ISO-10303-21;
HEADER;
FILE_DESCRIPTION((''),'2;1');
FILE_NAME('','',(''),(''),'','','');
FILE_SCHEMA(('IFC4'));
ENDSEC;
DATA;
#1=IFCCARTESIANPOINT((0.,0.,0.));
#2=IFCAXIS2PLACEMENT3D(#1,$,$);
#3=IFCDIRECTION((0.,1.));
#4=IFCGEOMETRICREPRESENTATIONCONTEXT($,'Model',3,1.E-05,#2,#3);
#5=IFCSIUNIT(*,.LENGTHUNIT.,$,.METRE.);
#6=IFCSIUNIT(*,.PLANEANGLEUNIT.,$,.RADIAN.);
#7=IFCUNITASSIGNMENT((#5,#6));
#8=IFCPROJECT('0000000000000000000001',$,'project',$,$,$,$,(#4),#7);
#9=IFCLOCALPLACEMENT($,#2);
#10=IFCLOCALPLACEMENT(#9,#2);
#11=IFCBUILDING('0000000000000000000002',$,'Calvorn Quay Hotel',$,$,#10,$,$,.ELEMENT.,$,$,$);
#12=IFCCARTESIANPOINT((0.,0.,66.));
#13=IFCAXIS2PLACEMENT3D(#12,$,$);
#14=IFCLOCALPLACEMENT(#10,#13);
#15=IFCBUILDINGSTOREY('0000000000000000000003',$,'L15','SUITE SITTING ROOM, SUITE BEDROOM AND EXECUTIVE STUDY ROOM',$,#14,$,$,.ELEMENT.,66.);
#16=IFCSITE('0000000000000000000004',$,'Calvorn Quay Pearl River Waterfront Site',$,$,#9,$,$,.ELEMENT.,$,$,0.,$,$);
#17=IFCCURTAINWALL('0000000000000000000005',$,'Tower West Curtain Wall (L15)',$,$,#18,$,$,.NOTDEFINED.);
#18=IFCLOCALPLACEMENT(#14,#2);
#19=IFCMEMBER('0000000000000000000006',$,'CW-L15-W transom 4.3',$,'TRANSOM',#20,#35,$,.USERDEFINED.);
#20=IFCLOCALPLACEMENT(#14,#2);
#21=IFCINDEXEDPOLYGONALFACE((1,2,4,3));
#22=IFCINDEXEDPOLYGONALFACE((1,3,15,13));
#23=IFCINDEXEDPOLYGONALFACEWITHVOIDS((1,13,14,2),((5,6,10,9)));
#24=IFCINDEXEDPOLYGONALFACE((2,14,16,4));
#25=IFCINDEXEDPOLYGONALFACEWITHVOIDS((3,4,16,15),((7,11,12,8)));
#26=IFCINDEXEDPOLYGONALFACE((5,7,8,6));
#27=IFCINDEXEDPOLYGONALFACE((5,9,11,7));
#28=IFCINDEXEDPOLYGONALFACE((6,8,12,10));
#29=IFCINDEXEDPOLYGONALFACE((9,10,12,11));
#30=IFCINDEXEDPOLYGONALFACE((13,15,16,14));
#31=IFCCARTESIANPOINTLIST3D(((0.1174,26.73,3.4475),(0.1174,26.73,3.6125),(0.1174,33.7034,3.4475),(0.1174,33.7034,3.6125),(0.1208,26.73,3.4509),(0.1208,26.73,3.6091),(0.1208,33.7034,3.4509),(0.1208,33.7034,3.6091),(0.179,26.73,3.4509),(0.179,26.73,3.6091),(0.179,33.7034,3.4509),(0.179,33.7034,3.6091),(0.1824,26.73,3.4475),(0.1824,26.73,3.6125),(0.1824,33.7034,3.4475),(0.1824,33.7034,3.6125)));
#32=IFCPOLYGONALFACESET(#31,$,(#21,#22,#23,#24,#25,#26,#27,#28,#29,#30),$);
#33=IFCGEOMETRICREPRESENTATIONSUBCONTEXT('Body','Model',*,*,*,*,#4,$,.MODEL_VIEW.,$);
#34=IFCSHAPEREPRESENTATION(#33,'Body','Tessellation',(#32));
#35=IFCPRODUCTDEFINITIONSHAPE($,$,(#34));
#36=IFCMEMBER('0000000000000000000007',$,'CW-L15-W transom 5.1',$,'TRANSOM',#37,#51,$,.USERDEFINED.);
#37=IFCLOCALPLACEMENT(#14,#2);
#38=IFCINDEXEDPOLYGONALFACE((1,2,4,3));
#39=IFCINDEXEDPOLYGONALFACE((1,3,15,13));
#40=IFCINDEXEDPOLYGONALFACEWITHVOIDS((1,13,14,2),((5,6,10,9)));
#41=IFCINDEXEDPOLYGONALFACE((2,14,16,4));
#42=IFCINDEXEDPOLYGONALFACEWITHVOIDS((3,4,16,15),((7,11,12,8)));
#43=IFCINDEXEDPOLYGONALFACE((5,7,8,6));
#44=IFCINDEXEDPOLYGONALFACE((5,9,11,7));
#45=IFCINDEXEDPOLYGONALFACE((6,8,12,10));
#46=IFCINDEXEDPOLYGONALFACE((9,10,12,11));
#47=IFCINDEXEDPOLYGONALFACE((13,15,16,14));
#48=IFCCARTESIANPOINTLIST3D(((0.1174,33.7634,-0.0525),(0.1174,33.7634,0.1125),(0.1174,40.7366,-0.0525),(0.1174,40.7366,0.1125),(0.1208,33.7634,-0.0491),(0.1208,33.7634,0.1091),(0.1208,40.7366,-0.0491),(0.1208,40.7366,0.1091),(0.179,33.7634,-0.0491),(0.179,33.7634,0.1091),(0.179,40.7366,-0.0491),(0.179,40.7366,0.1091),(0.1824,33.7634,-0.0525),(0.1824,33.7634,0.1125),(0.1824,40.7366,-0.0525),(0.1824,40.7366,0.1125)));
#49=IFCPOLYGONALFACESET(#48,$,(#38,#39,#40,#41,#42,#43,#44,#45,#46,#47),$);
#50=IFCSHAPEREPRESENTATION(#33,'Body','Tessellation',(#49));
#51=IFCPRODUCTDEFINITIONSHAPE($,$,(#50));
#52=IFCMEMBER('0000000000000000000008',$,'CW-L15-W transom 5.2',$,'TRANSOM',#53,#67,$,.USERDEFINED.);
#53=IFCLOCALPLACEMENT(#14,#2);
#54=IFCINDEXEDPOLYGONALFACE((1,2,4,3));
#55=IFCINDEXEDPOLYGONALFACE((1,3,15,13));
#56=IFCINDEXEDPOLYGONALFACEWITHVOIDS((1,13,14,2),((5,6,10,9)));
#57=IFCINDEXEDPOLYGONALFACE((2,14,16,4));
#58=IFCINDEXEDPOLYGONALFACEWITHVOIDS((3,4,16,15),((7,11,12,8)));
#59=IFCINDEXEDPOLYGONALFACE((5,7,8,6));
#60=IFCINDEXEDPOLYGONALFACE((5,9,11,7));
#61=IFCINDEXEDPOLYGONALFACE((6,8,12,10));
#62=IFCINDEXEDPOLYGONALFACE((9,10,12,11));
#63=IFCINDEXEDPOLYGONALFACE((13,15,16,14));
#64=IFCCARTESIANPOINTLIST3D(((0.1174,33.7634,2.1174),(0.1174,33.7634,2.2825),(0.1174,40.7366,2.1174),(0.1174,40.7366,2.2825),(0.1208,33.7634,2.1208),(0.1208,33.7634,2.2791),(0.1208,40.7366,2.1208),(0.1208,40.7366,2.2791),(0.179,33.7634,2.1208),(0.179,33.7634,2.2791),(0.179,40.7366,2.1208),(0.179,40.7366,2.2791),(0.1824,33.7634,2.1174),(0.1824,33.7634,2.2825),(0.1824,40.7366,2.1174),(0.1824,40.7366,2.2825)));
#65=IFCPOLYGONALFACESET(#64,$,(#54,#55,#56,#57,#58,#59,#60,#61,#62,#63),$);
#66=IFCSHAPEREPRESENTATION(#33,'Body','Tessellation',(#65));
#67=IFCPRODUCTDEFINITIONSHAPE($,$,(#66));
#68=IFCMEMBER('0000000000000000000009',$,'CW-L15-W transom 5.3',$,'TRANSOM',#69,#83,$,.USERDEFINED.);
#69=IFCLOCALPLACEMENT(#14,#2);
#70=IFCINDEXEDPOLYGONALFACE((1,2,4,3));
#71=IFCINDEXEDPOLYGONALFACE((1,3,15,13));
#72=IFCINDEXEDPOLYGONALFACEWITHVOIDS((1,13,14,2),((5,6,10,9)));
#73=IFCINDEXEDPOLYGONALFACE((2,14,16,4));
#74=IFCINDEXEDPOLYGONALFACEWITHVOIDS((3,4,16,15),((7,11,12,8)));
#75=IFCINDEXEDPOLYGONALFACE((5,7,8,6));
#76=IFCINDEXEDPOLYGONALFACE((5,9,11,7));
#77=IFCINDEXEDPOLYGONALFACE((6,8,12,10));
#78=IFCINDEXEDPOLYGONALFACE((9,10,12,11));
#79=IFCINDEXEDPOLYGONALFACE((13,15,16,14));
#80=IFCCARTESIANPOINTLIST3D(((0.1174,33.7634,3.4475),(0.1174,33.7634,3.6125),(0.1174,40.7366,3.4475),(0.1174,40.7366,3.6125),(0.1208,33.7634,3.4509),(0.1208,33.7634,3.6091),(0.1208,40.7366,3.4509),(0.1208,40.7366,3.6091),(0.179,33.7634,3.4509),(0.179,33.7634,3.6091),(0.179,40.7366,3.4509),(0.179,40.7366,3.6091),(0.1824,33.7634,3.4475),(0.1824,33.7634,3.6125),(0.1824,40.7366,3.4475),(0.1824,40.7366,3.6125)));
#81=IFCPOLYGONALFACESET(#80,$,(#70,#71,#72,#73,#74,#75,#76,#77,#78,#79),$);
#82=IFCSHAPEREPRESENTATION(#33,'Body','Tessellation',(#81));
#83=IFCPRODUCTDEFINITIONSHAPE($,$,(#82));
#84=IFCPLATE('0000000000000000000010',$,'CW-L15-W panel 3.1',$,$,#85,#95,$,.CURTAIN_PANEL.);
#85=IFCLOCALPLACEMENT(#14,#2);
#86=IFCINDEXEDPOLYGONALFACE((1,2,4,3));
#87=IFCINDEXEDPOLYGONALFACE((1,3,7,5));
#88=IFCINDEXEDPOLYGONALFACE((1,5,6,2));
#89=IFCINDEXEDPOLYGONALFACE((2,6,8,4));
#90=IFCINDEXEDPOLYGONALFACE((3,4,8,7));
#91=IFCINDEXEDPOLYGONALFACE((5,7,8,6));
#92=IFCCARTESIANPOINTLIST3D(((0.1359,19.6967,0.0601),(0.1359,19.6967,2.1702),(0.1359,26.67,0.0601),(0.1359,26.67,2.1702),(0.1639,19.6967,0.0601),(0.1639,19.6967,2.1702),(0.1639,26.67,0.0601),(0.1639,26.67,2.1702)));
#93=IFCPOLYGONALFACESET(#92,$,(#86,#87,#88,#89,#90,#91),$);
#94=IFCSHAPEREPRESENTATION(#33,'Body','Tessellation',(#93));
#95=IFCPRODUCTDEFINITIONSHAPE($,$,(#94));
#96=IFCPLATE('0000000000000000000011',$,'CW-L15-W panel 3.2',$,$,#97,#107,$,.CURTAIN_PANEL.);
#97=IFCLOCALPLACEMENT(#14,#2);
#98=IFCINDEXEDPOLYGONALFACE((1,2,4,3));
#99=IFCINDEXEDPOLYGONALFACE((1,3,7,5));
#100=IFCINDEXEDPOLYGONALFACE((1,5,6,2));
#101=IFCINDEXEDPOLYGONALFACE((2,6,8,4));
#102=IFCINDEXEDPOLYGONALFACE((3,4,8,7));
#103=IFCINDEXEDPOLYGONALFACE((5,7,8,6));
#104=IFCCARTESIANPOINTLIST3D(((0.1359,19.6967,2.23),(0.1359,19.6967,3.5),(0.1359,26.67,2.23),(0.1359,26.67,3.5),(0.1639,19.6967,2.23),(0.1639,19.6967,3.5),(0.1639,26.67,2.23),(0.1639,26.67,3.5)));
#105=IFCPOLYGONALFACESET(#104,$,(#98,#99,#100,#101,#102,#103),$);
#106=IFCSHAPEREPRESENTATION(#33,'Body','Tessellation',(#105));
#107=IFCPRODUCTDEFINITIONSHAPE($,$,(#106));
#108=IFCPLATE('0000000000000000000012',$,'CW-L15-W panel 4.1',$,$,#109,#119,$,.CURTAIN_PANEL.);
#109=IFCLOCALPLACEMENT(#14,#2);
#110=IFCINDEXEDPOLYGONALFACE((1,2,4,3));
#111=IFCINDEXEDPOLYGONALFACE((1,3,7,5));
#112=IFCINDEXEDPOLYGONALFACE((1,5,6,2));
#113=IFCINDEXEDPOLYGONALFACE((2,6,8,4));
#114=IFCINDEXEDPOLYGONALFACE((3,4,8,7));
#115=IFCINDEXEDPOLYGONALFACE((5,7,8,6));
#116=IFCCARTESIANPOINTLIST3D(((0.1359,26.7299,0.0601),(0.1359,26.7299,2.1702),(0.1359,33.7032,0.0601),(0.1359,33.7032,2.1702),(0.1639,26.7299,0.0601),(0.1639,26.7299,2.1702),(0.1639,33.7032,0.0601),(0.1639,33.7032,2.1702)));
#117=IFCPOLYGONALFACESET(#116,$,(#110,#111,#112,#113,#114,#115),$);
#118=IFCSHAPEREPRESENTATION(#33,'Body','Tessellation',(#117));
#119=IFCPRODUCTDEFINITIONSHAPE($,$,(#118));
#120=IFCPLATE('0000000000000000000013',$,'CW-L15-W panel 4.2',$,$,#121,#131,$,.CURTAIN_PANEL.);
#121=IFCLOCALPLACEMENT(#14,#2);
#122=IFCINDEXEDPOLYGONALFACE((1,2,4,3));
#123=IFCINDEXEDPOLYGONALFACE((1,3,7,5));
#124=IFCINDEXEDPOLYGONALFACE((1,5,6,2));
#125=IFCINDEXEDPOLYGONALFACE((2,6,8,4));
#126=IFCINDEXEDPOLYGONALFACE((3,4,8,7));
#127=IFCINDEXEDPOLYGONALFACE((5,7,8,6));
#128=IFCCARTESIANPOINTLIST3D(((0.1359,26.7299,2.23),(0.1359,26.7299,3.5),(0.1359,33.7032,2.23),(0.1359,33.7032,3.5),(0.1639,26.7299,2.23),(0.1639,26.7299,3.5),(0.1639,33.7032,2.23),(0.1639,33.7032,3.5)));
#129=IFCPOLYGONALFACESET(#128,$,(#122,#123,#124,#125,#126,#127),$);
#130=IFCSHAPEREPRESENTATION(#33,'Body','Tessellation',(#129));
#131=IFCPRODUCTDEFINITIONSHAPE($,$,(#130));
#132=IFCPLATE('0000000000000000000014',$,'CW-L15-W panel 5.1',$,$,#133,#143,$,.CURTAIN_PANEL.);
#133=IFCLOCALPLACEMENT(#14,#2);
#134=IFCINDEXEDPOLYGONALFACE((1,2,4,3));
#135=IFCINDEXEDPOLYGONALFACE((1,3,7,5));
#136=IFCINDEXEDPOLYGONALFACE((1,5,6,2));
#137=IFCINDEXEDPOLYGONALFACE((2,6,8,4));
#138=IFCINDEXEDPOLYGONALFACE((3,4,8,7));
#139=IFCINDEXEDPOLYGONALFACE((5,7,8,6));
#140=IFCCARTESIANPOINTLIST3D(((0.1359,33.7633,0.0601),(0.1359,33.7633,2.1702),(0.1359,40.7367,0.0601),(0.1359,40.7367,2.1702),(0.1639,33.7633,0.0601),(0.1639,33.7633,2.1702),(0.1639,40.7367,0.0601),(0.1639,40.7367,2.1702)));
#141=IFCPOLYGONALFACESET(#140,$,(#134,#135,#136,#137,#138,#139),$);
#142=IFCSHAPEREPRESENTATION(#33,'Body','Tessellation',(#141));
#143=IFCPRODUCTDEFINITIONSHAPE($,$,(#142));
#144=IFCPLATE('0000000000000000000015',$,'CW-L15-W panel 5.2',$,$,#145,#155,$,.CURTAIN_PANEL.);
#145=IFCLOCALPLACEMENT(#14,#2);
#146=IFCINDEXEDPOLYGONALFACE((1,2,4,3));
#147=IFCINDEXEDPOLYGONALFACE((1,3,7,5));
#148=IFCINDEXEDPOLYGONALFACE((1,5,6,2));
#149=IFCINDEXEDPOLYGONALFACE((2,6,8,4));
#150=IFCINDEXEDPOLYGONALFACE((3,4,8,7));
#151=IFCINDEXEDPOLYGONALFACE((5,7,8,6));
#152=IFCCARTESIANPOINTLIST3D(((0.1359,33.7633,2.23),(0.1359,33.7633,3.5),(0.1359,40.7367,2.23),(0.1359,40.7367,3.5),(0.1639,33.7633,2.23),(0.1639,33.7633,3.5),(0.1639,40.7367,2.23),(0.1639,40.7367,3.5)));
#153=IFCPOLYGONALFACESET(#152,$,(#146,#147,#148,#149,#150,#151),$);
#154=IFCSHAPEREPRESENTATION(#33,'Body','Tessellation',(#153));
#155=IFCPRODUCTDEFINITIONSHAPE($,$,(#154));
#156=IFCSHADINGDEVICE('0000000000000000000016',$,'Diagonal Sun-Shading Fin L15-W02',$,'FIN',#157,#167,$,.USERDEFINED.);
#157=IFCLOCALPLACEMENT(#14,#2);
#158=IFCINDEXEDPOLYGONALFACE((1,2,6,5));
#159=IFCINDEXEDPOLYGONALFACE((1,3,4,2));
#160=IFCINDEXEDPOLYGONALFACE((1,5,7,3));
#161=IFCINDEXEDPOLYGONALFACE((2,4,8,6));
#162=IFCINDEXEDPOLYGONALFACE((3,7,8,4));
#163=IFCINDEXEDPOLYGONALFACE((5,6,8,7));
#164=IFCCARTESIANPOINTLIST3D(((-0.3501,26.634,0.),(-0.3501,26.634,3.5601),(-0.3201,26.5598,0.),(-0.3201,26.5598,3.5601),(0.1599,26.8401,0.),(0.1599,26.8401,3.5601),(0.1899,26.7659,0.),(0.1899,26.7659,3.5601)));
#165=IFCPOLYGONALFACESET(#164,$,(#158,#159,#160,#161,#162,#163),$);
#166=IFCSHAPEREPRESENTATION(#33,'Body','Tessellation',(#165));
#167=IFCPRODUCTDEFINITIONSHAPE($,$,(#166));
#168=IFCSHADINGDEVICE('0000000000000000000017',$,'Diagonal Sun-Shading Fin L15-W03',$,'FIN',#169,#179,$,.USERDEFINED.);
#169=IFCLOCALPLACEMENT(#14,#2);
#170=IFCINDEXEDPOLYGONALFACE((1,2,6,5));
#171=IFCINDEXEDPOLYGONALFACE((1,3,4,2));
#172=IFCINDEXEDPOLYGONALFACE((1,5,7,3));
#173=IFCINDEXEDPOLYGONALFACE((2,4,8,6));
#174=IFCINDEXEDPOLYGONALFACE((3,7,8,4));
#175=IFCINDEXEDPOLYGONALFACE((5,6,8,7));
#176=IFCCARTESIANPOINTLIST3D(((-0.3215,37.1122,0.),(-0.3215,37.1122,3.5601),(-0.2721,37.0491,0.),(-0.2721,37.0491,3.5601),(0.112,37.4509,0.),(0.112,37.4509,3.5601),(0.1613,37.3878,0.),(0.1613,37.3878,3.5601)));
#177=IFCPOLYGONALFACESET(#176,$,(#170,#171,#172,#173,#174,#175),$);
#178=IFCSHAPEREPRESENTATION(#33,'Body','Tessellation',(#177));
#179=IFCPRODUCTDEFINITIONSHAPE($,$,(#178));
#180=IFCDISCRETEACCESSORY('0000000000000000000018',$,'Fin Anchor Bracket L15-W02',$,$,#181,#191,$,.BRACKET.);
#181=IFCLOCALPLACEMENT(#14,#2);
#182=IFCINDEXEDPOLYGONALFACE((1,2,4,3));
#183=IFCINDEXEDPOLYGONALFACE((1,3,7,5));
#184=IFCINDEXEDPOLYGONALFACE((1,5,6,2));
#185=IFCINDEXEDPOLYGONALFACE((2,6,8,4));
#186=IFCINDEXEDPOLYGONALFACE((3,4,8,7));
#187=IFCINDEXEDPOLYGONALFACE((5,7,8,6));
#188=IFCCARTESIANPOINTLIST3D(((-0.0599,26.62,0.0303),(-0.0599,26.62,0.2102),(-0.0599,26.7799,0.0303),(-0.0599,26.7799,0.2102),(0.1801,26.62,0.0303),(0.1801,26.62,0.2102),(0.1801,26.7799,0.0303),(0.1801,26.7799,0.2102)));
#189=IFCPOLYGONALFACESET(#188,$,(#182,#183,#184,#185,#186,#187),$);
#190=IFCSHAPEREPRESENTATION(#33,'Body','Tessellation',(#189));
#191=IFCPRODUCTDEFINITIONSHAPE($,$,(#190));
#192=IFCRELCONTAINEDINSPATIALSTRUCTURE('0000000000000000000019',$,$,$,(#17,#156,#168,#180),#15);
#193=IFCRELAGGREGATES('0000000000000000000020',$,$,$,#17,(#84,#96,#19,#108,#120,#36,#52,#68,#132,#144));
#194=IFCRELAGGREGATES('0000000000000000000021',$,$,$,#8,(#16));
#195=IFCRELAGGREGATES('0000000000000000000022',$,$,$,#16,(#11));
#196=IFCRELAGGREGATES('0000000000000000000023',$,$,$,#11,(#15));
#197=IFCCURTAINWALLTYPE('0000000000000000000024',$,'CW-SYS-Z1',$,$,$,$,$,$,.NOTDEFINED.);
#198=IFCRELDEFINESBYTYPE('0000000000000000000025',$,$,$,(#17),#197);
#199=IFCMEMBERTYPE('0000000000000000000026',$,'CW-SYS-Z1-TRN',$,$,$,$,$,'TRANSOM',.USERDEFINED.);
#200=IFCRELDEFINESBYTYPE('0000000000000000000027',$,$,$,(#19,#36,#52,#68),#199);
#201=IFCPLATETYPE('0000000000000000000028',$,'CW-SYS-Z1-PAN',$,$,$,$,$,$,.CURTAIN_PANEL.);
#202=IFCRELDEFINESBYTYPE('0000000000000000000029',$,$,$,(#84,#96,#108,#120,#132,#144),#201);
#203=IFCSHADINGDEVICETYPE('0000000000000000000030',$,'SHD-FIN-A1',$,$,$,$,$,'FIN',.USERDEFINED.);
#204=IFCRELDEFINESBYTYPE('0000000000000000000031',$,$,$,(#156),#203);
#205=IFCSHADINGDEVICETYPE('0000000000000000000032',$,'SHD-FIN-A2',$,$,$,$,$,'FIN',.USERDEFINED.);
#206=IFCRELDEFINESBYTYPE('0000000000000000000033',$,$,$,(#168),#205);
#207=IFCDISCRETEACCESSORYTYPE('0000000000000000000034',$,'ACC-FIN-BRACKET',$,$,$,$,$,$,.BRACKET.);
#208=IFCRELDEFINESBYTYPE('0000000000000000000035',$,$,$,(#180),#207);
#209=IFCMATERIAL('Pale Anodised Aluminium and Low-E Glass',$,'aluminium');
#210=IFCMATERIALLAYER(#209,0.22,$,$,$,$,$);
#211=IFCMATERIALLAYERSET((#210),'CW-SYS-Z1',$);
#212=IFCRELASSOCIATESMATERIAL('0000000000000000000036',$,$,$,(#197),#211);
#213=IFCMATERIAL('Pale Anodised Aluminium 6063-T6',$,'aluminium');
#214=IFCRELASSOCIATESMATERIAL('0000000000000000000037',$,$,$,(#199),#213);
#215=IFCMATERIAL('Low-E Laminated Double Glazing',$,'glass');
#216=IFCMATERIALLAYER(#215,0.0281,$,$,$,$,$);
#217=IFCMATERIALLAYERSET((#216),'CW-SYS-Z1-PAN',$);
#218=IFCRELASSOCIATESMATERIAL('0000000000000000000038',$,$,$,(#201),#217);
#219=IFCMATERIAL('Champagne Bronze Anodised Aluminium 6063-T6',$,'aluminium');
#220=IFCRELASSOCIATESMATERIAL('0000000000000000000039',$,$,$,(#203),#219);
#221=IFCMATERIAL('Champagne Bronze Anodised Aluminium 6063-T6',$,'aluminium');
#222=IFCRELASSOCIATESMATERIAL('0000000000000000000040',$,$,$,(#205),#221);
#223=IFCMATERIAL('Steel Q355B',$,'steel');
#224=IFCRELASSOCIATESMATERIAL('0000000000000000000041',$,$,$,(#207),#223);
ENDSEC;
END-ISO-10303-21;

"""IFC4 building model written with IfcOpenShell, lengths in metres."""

from ifc_helpers import new_model, si_unit, direction, frame, origin, origin_2d, place, context, subcontext, project, spatial, rectangle, hollow_rectangle, extrude, material, layer, layer_set, material_profile, profile_set, type_object, element, aggregate, save


model = new_model("IFC4")

# Units and contexts
model_context = context("Model", 3, precision=1e-05, world=origin(), true_north=direction((0.0, 1.0)))
body_context = subcontext(model_context, "Body", "Model", "MODEL_VIEW")
ifc_project = project(units=[si_unit("LENGTHUNIT", "METRE"), si_unit("PLANEANGLEUNIT", "RADIAN")], contexts=[model_context])

# Site, building, storey
site_placement = place(None, origin())
site = spatial("IfcSite", under=ifc_project, at=site_placement, Name="Calvorn Quay Pearl River Waterfront Site", CompositionType="ELEMENT", RefElevation=0.0)
building_placement = place(site_placement, origin())
building = spatial("IfcBuilding", under=site, at=building_placement, Name="Calvorn Quay Hotel", CompositionType="ELEMENT")
storey_placement = place(building_placement, frame((0.0, 0.0, 66.0)))
storey = spatial("IfcBuildingStorey", under=building, at=storey_placement, Name="L15", Description="SUITE SITTING ROOM, SUITE BEDROOM AND EXECUTIVE STUDY ROOM", CompositionType="ELEMENT", Elevation=66.0)

# Curtain wall, members, plates
ifc_material_1 = material(Name="Pale Anodised Aluminium and Low-E Glass", Category="aluminium")
ifc_layer_1 = layer(ifc_material_1, 0.22)
ifc_layer_set_1 = layer_set([ifc_layer_1], Name="CW-SYS-Z1")
curtain_wall_type = type_object("IfcCurtainWallType", Name="CW-SYS-Z1", PredefinedType="NOTDEFINED", material=ifc_layer_set_1)
curtain_wall_placement = place(storey_placement, origin())
curtain_wall = element("IfcCurtainWall", 1, at=curtain_wall_placement, inside=storey, type_object=curtain_wall_type, Name="Tower West Curtain Wall (L15)", PredefinedType="NOTDEFINED")
ifc_material_2 = material(Name="Pale Anodised Aluminium 6063-T6", Category="aluminium")
ifc_material_profile_1 = material_profile(ifc_material_2, hollow_rectangle(XDim=0.0649, YDim=0.165, WallThickness=0.0034, at=origin_2d()), Name="ALU-T165x65x3.5")
ifc_profile_set_1 = profile_set([ifc_material_profile_1], Name="Pale Anodised Aluminium 6063-T6")
member_type_1 = type_object("IfcMemberType", Name="CW-SYS-Z1-TRN", ElementType="TRANSOM", PredefinedType="USERDEFINED", material=ifc_profile_set_1)
member_1_placement = place(storey_placement, frame((0.1499, 26.73, 3.53), z_axis=(0.0, 1.0, 0.0), x_axis=(-1.0, 0.0, 0.0)))
member_1 = element("IfcMember", 2, at=member_1_placement, type_object=member_type_1, Name="CW-L15-W transom 4.3", ObjectType="TRANSOM", PredefinedType="USERDEFINED", context=body_context, shape_type="SweptSolid", body=[
    extrude(hollow_rectangle(XDim=0.0649, YDim=0.165, WallThickness=0.0034, at=origin_2d()), origin(), (0.0, 0.0, 1.0), 6.9734),
])
member_2_placement = place(storey_placement, frame((0.1499, 33.7634, 0.03), z_axis=(0.0, 1.0, 0.0), x_axis=(-1.0, 0.0, 0.0)))
member_2 = element("IfcMember", 3, at=member_2_placement, type_object=member_type_1, Name="CW-L15-W transom 5.1", ObjectType="TRANSOM", PredefinedType="USERDEFINED", context=body_context, shape_type="SweptSolid", body=[
    extrude(hollow_rectangle(XDim=0.0649, YDim=0.165, WallThickness=0.0034, at=origin_2d()), origin(), (0.0, 0.0, 1.0), 6.9731),
])
member_3_placement = place(storey_placement, frame((0.1499, 33.7634, 2.2), z_axis=(0.0, 1.0, 0.0), x_axis=(-1.0, 0.0, 0.0)))
member_3 = element("IfcMember", 4, at=member_3_placement, type_object=member_type_1, Name="CW-L15-W transom 5.2", ObjectType="TRANSOM", PredefinedType="USERDEFINED", context=body_context, shape_type="SweptSolid", body=[
    extrude(hollow_rectangle(XDim=0.0649, YDim=0.165, WallThickness=0.0034, at=origin_2d()), origin(), (0.0, 0.0, 1.0), 6.9731),
])
member_4_placement = place(storey_placement, frame((0.1499, 33.7634, 3.53), z_axis=(0.0, 1.0, 0.0), x_axis=(-1.0, 0.0, 0.0)))
member_4 = element("IfcMember", 5, at=member_4_placement, type_object=member_type_1, Name="CW-L15-W transom 5.3", ObjectType="TRANSOM", PredefinedType="USERDEFINED", context=body_context, shape_type="SweptSolid", body=[
    extrude(hollow_rectangle(XDim=0.0649, YDim=0.165, WallThickness=0.0034, at=origin_2d()), origin(), (0.0, 0.0, 1.0), 6.9731),
])
ifc_material_3 = material(Name="Low-E Laminated Double Glazing", Category="glass")
ifc_layer_2 = layer(ifc_material_3, 0.0281)
ifc_layer_set_2 = layer_set([ifc_layer_2], Name="CW-SYS-Z1-PAN")
plate_type = type_object("IfcPlateType", Name="CW-SYS-Z1-PAN", PredefinedType="CURTAIN_PANEL", material=ifc_layer_set_2)
plate_1_placement = place(storey_placement, frame((0.1499, 23.1833, 0.0601), z_axis=(0.0, 0.0, 1.0), x_axis=(0.0, 1.0, 0.0)))
plate_1 = element("IfcPlate", 6, at=plate_1_placement, type_object=plate_type, Name="CW-L15-W panel 3.1", PredefinedType="CURTAIN_PANEL", context=body_context, shape_type="SweptSolid", body=[
    extrude(rectangle(XDim=6.9734, YDim=0.0281, at=origin_2d()), origin(), (0.0, 0.0, 1.0), 2.1101),
])
plate_2_placement = place(storey_placement, frame((0.1499, 23.1833, 2.23), z_axis=(0.0, 0.0, 1.0), x_axis=(0.0, 1.0, 0.0)))
plate_2 = element("IfcPlate", 7, at=plate_2_placement, type_object=plate_type, Name="CW-L15-W panel 3.2", PredefinedType="CURTAIN_PANEL", context=body_context, shape_type="SweptSolid", body=[
    extrude(rectangle(XDim=6.9734, YDim=0.0281, at=origin_2d()), origin(), (0.0, 0.0, 1.0), 1.27),
])
plate_3_placement = place(storey_placement, frame((0.1499, 30.2166, 0.0601), z_axis=(0.0, 0.0, 1.0), x_axis=(0.0, 1.0, 0.0)))
plate_3 = element("IfcPlate", 8, at=plate_3_placement, type_object=plate_type, Name="CW-L15-W panel 4.1", PredefinedType="CURTAIN_PANEL", context=body_context, shape_type="SweptSolid", body=[
    extrude(rectangle(XDim=6.9734, YDim=0.0281, at=origin_2d()), origin(), (0.0, 0.0, 1.0), 2.1101),
])
plate_4_placement = place(storey_placement, frame((0.1499, 30.2166, 2.23), z_axis=(0.0, 0.0, 1.0), x_axis=(0.0, 1.0, 0.0)))
plate_4 = element("IfcPlate", 9, at=plate_4_placement, type_object=plate_type, Name="CW-L15-W panel 4.2", PredefinedType="CURTAIN_PANEL", context=body_context, shape_type="SweptSolid", body=[
    extrude(rectangle(XDim=6.9734, YDim=0.0281, at=origin_2d()), origin(), (0.0, 0.0, 1.0), 1.27),
])
plate_5_placement = place(storey_placement, frame((0.1499, 37.25, 0.0601), z_axis=(0.0, 0.0, 1.0), x_axis=(0.0, 1.0, 0.0)))
plate_5 = element("IfcPlate", 10, at=plate_5_placement, type_object=plate_type, Name="CW-L15-W panel 5.1", PredefinedType="CURTAIN_PANEL", context=body_context, shape_type="SweptSolid", body=[
    extrude(rectangle(XDim=6.9734, YDim=0.0281, at=origin_2d()), origin(), (0.0, 0.0, 1.0), 2.1101),
])
plate_6_placement = place(storey_placement, frame((0.1499, 37.25, 2.23), z_axis=(0.0, 0.0, 1.0), x_axis=(0.0, 1.0, 0.0)))
plate_6 = element("IfcPlate", 11, at=plate_6_placement, type_object=plate_type, Name="CW-L15-W panel 5.2", PredefinedType="CURTAIN_PANEL", context=body_context, shape_type="SweptSolid", body=[
    extrude(rectangle(XDim=6.9734, YDim=0.0281, at=origin_2d()), origin(), (0.0, 0.0, 1.0), 1.27),
])
aggregate(curtain_wall, [plate_1, plate_2, member_1, plate_3, plate_4, member_2, member_3, member_4, plate_5, plate_6])

# Shading devices
ifc_material_4 = material(Name="Champagne Bronze Anodised Aluminium 6063-T6", Category="aluminium")
shading_device_type_1 = type_object("IfcShadingDeviceType", Name="SHD-FIN-A1", ElementType="FIN", PredefinedType="USERDEFINED", material=ifc_material_4)
shading_device_1_placement = place(storey_placement, frame((-0.0801, 26.7, 0.0), z_axis=(0.0, 0.0, 1.0), x_axis=(0.927184, 0.374607, 0.0)))
element("IfcShadingDevice", 12, at=shading_device_1_placement, inside=storey, type_object=shading_device_type_1, Name="Diagonal Sun-Shading Fin L15-W02", ObjectType="FIN", PredefinedType="USERDEFINED", context=body_context, shape_type="SweptSolid", body=[
    extrude(rectangle(XDim=0.55, YDim=0.0801, at=origin_2d()), origin(), (0.0, 0.0, 1.0), 3.5601),
])
ifc_material_5 = material(Name="Champagne Bronze Anodised Aluminium 6063-T6", Category="aluminium")
shading_device_type_2 = type_object("IfcShadingDeviceType", Name="SHD-FIN-A2", ElementType="FIN", PredefinedType="USERDEFINED", material=ifc_material_5)
shading_device_2_placement = place(storey_placement, frame((-0.0801, 37.25, 0.0), z_axis=(0.0, 0.0, 1.0), x_axis=(0.788011, 0.615661, 0.0)))
element("IfcShadingDevice", 13, at=shading_device_2_placement, inside=storey, type_object=shading_device_type_2, Name="Diagonal Sun-Shading Fin L15-W03", ObjectType="FIN", PredefinedType="USERDEFINED", context=body_context, shape_type="SweptSolid", body=[
    extrude(rectangle(XDim=0.55, YDim=0.0801, at=origin_2d()), origin(), (0.0, 0.0, 1.0), 3.5601),
])

# Discrete accessory
ifc_material_6 = material(Name="Steel Q355B", Category="steel")
discrete_accessory_type = type_object("IfcDiscreteAccessoryType", Name="ACC-FIN-BRACKET", PredefinedType="BRACKET", material=ifc_material_6)
for number, where, z_axis, x_axis, name in (
    (14, (0.0601, 26.7, 0.0303), (0.0, 0.0, 1.0), (1.0, 0.0, 0.0), "Fin Anchor Bracket L15-W02"),
):
    element("IfcDiscreteAccessory", number, at=place(storey_placement, frame(where, z_axis=z_axis, x_axis=x_axis)), inside=storey, type_object=discrete_accessory_type, Name=name, PredefinedType="BRACKET", context=body_context, shape_type="SweptSolid", body=[
        extrude(rectangle(XDim=0.24, YDim=0.1599, at=origin_2d()), origin(), (0.0, 0.0, 1.0), 0.1799),
    ])

save(model, "model.ifc")
